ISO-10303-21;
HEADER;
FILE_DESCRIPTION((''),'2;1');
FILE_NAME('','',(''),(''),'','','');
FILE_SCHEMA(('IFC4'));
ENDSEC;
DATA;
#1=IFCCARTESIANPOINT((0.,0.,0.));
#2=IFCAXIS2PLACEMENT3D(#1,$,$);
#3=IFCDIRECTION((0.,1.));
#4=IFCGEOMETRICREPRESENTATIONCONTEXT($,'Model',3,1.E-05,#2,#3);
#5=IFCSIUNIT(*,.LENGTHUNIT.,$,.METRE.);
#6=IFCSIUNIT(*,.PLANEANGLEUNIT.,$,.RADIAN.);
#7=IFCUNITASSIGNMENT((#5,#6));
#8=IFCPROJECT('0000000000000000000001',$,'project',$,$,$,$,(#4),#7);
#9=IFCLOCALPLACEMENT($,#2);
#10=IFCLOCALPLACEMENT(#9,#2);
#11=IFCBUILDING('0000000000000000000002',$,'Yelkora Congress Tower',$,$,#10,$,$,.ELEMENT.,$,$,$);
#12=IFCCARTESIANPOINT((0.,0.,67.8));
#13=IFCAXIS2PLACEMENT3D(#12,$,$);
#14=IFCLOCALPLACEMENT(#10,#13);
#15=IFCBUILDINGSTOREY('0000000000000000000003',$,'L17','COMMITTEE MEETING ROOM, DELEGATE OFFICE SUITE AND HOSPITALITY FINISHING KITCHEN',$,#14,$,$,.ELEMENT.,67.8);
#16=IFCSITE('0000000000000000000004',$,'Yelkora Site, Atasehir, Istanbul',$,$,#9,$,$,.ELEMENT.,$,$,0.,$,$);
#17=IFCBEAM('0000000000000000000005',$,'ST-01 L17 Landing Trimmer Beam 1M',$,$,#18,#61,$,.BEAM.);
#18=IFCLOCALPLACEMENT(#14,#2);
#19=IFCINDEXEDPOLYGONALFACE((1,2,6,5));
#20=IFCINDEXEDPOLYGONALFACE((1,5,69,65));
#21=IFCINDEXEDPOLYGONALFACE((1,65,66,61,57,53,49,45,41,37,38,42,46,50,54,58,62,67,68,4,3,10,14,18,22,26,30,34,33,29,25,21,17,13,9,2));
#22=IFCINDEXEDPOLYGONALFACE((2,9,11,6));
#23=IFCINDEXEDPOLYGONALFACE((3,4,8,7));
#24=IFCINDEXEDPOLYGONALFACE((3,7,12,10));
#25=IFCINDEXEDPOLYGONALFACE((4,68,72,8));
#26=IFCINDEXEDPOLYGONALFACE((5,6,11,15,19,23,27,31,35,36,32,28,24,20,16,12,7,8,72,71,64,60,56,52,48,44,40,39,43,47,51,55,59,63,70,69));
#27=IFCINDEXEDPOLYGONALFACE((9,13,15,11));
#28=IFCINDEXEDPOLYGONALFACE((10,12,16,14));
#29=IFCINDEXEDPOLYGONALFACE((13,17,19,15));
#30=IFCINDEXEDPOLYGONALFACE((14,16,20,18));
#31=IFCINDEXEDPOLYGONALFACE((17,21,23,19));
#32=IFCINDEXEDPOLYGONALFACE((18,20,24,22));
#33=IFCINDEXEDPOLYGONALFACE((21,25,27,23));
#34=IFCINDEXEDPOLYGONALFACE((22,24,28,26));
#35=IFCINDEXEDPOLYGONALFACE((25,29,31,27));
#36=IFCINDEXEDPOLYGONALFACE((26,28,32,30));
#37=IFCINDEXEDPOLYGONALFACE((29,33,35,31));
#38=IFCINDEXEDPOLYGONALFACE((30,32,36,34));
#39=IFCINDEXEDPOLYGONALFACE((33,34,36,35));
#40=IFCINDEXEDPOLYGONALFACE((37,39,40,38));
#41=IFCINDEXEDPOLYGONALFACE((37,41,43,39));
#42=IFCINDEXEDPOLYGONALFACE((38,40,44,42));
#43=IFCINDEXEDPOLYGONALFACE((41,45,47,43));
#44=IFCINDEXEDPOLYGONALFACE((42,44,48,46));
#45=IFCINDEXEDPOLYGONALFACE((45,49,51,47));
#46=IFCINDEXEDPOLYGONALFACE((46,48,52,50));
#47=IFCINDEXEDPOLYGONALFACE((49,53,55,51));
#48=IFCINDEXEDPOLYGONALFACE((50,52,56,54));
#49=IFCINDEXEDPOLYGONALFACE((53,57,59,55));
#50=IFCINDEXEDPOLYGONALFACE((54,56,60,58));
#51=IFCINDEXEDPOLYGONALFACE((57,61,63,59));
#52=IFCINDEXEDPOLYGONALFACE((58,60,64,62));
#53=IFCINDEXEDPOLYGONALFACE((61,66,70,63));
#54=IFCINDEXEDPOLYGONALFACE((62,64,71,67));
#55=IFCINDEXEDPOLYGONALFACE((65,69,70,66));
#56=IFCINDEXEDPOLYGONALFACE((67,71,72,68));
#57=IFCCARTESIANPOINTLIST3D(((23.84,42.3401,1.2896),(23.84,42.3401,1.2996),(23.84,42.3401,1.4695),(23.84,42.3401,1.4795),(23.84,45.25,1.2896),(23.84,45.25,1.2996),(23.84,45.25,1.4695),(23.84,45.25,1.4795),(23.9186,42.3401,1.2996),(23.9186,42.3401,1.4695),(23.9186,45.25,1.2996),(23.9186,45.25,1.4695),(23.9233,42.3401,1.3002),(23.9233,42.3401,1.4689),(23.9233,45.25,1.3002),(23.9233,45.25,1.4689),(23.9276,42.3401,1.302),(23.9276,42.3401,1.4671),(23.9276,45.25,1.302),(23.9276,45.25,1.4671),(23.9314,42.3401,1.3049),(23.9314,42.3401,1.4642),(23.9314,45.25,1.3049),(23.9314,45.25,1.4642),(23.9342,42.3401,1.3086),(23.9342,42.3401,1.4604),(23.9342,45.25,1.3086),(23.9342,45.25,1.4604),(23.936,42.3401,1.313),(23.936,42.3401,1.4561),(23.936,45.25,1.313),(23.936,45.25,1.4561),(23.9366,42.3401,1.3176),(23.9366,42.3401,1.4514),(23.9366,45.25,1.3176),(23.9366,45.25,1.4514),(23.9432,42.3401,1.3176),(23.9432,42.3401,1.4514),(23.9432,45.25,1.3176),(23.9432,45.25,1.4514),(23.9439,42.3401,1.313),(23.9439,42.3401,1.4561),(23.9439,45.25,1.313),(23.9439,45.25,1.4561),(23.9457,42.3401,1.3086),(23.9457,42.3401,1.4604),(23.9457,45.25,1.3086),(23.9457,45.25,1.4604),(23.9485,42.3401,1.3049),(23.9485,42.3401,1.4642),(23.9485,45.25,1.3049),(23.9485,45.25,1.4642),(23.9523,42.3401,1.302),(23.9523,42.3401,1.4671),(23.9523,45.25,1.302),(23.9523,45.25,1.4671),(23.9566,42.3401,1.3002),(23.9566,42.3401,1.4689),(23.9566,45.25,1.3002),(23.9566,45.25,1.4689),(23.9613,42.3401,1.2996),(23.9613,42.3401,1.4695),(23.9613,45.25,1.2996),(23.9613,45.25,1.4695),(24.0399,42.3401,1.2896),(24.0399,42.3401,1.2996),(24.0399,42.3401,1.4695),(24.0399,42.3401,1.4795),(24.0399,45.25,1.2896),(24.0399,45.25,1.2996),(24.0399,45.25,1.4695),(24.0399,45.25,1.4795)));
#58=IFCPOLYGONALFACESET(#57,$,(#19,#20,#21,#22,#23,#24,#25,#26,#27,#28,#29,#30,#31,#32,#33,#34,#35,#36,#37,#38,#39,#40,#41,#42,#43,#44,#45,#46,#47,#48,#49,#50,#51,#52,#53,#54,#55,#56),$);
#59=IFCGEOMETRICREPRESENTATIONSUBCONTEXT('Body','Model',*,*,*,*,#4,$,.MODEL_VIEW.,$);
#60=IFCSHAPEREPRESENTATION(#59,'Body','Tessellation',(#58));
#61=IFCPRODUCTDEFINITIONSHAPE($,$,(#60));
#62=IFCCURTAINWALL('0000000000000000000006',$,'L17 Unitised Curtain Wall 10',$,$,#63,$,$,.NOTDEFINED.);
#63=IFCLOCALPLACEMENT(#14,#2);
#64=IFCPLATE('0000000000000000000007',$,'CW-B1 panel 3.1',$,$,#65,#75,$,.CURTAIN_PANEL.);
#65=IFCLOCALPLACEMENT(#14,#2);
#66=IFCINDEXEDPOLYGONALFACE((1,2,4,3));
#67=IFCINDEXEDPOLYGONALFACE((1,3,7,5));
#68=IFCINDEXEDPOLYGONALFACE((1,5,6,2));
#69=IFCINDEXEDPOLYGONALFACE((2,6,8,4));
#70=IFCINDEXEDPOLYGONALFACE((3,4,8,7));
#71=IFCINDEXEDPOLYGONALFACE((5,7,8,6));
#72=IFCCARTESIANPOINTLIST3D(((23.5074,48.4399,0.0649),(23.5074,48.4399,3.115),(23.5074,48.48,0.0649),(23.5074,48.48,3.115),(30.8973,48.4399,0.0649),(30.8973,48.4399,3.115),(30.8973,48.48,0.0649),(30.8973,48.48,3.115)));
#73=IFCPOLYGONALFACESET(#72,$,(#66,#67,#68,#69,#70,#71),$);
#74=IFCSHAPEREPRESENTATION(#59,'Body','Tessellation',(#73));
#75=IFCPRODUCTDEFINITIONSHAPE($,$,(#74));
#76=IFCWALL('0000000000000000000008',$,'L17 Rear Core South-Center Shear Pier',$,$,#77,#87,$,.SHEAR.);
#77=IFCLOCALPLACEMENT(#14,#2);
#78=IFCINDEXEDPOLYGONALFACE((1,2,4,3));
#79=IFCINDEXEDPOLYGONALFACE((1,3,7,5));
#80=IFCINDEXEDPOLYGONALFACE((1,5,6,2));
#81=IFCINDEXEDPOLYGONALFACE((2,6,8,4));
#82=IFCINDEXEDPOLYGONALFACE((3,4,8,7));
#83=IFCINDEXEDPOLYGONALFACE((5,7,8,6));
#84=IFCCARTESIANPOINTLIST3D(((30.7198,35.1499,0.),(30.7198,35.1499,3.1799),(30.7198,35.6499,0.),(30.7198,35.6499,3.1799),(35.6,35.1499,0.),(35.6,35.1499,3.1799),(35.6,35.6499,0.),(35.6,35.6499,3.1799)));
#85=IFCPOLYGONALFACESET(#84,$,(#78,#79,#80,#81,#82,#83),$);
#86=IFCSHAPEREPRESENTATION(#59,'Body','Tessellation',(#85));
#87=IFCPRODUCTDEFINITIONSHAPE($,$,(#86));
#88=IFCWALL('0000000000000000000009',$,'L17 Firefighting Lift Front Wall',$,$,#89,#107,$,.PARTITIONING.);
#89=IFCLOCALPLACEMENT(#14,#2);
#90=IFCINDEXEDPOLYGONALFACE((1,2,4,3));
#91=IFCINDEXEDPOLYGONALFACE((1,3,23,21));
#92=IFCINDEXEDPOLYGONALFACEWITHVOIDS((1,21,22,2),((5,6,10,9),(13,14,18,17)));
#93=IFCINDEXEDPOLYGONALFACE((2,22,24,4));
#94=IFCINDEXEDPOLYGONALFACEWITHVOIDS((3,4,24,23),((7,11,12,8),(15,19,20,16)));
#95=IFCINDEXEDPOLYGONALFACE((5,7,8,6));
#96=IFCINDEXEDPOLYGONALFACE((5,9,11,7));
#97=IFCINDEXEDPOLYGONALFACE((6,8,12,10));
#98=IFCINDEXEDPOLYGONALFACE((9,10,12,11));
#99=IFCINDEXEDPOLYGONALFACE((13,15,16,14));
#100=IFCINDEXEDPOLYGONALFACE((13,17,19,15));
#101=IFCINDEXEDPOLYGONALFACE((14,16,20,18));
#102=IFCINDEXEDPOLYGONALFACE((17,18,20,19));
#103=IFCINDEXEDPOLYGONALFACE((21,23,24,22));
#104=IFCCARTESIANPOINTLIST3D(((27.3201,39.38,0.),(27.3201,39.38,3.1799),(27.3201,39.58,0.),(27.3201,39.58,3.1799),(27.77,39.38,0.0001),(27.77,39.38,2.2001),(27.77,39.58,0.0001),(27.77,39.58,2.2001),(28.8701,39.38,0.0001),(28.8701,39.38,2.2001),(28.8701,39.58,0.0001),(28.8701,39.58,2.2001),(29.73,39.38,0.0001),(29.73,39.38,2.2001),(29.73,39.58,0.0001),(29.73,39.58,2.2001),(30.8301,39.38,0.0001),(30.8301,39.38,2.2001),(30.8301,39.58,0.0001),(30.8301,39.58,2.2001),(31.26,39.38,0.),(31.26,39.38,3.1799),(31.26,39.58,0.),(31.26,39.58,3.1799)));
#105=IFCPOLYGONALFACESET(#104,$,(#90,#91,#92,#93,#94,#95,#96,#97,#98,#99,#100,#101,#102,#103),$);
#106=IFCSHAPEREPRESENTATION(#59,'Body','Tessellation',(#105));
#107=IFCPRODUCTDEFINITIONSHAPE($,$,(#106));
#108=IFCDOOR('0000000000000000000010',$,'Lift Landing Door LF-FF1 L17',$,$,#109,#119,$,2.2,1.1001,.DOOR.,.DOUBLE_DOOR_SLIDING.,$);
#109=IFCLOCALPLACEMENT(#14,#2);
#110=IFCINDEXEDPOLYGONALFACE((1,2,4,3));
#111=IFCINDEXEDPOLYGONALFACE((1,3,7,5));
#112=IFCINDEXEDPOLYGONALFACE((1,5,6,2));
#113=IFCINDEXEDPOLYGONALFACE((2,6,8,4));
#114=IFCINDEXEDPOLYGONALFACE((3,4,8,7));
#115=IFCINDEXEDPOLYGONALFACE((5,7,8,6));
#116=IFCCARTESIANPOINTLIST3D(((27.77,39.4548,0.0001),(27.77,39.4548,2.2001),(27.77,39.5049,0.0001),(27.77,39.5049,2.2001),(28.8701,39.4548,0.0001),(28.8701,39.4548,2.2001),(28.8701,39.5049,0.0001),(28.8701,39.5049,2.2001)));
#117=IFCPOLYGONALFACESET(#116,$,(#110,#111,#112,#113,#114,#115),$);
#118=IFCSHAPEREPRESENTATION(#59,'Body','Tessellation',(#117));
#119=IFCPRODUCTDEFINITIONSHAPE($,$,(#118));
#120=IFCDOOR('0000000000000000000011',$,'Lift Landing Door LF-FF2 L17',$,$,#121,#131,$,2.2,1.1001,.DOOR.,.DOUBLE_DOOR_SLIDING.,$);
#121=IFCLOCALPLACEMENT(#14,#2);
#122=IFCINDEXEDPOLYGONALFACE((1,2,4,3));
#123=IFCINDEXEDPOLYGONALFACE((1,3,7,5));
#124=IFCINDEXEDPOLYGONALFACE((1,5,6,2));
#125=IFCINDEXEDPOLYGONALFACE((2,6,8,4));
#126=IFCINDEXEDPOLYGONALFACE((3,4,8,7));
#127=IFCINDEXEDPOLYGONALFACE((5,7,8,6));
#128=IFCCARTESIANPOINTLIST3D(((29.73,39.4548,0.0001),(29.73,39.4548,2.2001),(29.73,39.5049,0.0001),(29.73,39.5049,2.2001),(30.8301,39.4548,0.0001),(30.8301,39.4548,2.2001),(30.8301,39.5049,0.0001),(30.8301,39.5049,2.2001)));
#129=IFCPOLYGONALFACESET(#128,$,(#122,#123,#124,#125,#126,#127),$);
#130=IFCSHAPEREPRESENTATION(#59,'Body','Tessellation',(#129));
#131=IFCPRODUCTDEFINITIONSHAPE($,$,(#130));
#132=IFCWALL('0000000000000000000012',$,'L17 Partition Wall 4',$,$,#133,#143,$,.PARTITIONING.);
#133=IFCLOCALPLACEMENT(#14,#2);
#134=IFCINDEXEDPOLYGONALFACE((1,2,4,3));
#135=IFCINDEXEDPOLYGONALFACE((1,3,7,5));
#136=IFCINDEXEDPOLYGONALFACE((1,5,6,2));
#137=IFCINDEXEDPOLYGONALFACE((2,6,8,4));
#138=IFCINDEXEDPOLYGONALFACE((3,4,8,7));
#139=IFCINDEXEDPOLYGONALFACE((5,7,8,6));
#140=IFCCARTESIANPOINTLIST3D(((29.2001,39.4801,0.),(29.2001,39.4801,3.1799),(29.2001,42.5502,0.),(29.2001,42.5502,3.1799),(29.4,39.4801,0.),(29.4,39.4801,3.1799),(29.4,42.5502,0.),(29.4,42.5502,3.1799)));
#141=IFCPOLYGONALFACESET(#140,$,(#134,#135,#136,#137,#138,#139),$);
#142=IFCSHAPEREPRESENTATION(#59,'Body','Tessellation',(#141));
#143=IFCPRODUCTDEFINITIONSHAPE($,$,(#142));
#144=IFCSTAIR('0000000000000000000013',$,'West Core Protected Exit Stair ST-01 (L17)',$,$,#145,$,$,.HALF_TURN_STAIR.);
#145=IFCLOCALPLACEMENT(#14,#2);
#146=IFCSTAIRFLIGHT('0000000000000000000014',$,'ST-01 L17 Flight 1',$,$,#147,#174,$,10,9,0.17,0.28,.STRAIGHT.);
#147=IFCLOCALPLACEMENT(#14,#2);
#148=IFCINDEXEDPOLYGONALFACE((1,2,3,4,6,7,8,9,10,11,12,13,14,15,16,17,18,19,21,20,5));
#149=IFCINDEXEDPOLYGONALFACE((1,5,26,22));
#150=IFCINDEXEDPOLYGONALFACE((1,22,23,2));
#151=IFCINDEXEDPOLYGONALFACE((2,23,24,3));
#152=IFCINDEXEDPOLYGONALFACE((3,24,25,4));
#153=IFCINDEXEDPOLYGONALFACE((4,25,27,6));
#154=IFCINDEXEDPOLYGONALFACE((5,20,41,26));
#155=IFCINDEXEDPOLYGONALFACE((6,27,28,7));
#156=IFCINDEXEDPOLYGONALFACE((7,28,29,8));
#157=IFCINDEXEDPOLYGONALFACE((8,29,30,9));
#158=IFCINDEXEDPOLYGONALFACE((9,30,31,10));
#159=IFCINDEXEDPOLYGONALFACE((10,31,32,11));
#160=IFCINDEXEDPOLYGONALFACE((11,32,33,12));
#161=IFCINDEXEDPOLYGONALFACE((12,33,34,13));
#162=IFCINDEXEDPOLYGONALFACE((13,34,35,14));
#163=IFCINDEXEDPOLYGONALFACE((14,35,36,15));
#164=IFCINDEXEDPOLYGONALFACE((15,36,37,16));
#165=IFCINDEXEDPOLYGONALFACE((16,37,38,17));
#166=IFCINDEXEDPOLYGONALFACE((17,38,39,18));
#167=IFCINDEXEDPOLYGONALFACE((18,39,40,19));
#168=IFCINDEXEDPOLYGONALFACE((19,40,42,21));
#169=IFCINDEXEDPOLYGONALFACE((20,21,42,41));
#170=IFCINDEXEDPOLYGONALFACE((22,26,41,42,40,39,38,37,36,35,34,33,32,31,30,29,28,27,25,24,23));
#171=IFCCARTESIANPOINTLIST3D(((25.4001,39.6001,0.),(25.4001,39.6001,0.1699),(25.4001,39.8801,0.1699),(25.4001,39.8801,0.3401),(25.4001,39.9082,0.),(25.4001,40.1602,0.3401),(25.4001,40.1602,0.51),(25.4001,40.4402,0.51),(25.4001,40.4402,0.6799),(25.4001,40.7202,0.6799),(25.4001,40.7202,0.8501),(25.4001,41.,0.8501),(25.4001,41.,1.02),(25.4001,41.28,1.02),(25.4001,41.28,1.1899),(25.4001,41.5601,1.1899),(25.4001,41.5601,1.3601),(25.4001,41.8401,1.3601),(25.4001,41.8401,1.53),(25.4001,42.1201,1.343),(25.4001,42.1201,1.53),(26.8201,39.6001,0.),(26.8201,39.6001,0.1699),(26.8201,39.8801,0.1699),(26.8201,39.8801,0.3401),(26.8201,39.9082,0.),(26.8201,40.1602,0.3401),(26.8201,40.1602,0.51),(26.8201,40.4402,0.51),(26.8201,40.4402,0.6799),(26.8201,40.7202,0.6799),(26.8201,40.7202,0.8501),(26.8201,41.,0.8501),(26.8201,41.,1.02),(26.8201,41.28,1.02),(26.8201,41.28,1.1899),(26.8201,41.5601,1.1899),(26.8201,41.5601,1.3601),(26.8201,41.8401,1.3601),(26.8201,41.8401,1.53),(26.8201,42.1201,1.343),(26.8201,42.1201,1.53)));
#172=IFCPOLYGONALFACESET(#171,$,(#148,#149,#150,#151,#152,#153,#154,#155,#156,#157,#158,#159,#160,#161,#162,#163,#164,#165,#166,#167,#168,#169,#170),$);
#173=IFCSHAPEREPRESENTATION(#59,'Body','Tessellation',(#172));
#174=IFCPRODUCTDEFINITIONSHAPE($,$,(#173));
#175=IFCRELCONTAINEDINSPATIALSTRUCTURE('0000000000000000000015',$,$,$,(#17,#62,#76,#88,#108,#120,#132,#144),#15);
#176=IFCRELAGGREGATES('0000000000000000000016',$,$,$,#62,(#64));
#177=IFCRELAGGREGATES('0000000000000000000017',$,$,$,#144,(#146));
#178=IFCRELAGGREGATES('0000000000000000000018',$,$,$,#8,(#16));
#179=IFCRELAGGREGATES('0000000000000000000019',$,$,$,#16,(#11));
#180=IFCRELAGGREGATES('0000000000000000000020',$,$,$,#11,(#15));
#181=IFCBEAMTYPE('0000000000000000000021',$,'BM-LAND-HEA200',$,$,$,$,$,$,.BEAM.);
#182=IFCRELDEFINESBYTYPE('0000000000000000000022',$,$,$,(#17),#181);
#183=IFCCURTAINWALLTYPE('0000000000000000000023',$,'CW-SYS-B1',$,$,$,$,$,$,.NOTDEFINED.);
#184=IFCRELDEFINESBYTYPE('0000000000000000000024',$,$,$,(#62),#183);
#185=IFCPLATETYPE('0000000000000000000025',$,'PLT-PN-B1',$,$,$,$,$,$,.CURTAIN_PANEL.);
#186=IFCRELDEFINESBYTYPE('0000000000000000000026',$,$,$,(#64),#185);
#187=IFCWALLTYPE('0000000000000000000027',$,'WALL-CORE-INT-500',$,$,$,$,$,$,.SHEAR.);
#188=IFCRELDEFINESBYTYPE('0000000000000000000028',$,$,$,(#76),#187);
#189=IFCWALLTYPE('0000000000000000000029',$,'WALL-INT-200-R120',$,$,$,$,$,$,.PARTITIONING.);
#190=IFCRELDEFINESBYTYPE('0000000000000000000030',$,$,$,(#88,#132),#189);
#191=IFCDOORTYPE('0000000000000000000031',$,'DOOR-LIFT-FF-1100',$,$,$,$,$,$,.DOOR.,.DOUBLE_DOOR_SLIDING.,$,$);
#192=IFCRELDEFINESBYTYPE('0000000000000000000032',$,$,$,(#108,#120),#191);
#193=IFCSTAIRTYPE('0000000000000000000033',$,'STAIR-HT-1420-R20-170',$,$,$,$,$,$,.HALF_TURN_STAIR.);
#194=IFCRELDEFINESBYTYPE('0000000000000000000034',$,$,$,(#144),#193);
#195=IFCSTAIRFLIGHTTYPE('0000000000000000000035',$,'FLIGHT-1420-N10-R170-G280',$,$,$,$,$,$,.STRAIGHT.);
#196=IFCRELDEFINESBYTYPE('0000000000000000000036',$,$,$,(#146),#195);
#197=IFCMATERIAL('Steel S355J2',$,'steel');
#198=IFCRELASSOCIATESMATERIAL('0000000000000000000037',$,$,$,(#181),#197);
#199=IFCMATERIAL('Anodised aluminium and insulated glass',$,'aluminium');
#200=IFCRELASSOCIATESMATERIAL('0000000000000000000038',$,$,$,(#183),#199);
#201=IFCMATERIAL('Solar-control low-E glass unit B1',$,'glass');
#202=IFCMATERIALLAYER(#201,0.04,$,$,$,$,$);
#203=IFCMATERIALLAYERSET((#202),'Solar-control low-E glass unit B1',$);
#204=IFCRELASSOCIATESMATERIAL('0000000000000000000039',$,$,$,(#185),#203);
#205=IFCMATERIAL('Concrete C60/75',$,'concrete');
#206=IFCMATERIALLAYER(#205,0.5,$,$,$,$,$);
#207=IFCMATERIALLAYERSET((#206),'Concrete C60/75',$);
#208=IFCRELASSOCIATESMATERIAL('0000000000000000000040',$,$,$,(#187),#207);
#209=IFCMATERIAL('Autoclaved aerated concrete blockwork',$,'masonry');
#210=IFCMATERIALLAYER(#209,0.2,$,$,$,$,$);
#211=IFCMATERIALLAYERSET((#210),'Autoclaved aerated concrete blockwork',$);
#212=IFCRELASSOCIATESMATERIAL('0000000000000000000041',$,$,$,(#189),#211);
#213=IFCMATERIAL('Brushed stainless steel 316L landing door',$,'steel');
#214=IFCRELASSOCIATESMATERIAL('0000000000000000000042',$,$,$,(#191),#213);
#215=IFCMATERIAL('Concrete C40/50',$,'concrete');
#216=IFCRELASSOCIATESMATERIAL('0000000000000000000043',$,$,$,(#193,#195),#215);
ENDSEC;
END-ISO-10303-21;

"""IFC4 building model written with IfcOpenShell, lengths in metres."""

from ifc_helpers import new_model, si_unit, direction, frame, frame_2d, origin, origin_2d, place, context, subcontext, project, spatial, polyline, rectangle, i_section, outline, extrude, material, layer, layer_set, material_profile, profile_set, type_object, element, fill, aggregate, save


model = new_model("IFC4")

# Units and contexts
model_context = context("Model", 3, precision=1e-05, world=origin(), true_north=direction((0.0, 1.0)))
body_context = subcontext(model_context, "Body", "Model", "MODEL_VIEW")
ifc_project = project(units=[si_unit("LENGTHUNIT", "METRE"), si_unit("PLANEANGLEUNIT", "RADIAN")], contexts=[model_context])

# Site, building, storey
site_placement = place(None, origin())
site = spatial("IfcSite", under=ifc_project, at=site_placement, Name="Yelkora Site, Atasehir, Istanbul", CompositionType="ELEMENT", RefElevation=0.0)
building_placement = place(site_placement, origin())
building = spatial("IfcBuilding", under=site, at=building_placement, Name="Yelkora Congress Tower", CompositionType="ELEMENT")
storey_placement = place(building_placement, frame((0.0, 0.0, 67.8)))
storey = spatial("IfcBuildingStorey", under=building, at=storey_placement, Name="L17", Description="COMMITTEE MEETING ROOM, DELEGATE OFFICE SUITE AND HOSPITALITY FINISHING KITCHEN", CompositionType="ELEMENT", Elevation=67.8)

# Beam
ifc_material_1 = material(Name="Steel S355J2", Category="steel")
ifc_material_profile = material_profile(ifc_material_1, i_section(OverallWidth=0.2, OverallDepth=0.1899, WebThickness=0.0066, FlangeThickness=0.01, FilletRadius=0.0181, at=origin_2d()), Name="HEA 200")
ifc_profile_set = profile_set([ifc_material_profile], Name="Steel S355J2")
beam_type = type_object("IfcBeamType", Name="BM-LAND-HEA200", PredefinedType="BEAM", material=ifc_profile_set)
beam_placement = place(storey_placement, frame((23.9399, 42.3401, 1.3845), z_axis=(0.0, 1.0, 0.0), x_axis=(-1.0, 0.0, 0.0)))
element("IfcBeam", 1, at=beam_placement, inside=storey, type_object=beam_type, Name="ST-01 L17 Landing Trimmer Beam 1M", PredefinedType="BEAM", context=body_context, shape_type="SweptSolid", body=[
    extrude(i_section(OverallWidth=0.2, OverallDepth=0.1899, WebThickness=0.0066, FlangeThickness=0.01, FilletRadius=0.0181, at=origin_2d()), origin(), (0.0, 0.0, 1.0), 2.9099),
])

# Curtain wall, plate
ifc_material_2 = material(Name="Anodised aluminium and insulated glass", Category="aluminium")
curtain_wall_type = type_object("IfcCurtainWallType", Name="CW-SYS-B1", PredefinedType="NOTDEFINED", material=ifc_material_2)
curtain_wall_placement = place(storey_placement, origin())
curtain_wall = element("IfcCurtainWall", 2, at=curtain_wall_placement, inside=storey, type_object=curtain_wall_type, Name="L17 Unitised Curtain Wall 10", PredefinedType="NOTDEFINED")
ifc_material_3 = material(Name="Solar-control low-E glass unit B1", Category="glass")
ifc_layer_1 = layer(ifc_material_3, 0.04)
ifc_layer_set_1 = layer_set([ifc_layer_1], Name="Solar-control low-E glass unit B1")
plate_type = type_object("IfcPlateType", Name="PLT-PN-B1", PredefinedType="CURTAIN_PANEL", material=ifc_layer_set_1)
plate_placement = place(storey_placement, frame((27.2024, 48.46, 0.0649), z_axis=(0.0, 0.0, 1.0), x_axis=(1.0, 0.0, 0.0)))
plate = element("IfcPlate", 3, at=plate_placement, type_object=plate_type, Name="CW-B1 panel 3.1", PredefinedType="CURTAIN_PANEL", context=body_context, shape_type="SweptSolid", body=[
    extrude(rectangle(XDim=7.3899, YDim=0.04, at=origin_2d()), origin(), (0.0, 0.0, 1.0), 3.05),
])
aggregate(curtain_wall, [plate])

# Wall
ifc_material_4 = material(Name="Concrete C60/75", Category="concrete")
ifc_layer_2 = layer(ifc_material_4, 0.5)
ifc_layer_set_2 = layer_set([ifc_layer_2], Name="Concrete C60/75")
wall_type_1 = type_object("IfcWallType", Name="WALL-CORE-INT-500", PredefinedType="SHEAR", material=ifc_layer_set_2)
wall_1_placement = place(storey_placement, frame((30.72, 35.3999, 0.0), z_axis=(0.0, 0.0, 1.0), x_axis=(1.0, 0.0, 0.0)))
element("IfcWall", 4, at=wall_1_placement, inside=storey, type_object=wall_type_1, Name="L17 Rear Core South-Center Shear Pier", PredefinedType="SHEAR", context=body_context, shape_type="SweptSolid", body=[
    extrude(rectangle(XDim=4.8801, YDim=0.5, at=frame_2d((2.4399, 0.0))), origin(), (0.0, 0.0, 1.0), 3.1799),
])

# Shared definitions
ifc_material_5 = material(Name="Autoclaved aerated concrete blockwork", Category="masonry")
ifc_layer_3 = layer(ifc_material_5, 0.2)
ifc_layer_set_3 = layer_set([ifc_layer_3], Name="Autoclaved aerated concrete blockwork")
wall_type_2 = type_object("IfcWallType", Name="WALL-INT-200-R120", PredefinedType="PARTITIONING", material=ifc_layer_set_3)

# Wall, openings, doors
wall_2_placement = place(storey_placement, frame((27.3201, 39.48, 0.0), z_axis=(0.0, 0.0, 1.0), x_axis=(1.0, 0.0, 0.0)))
wall_2 = element("IfcWall", 5, at=wall_2_placement, inside=storey, type_object=wall_type_2, Name="L17 Firefighting Lift Front Wall", PredefinedType="PARTITIONING", context=body_context, shape_type="SweptSolid", body=[
    extrude(rectangle(XDim=3.9399, YDim=0.2, at=frame_2d((1.97, 0.0))), origin(), (0.0, 0.0, 1.0), 3.1799),
])
opening_1_placement = place(wall_2_placement, frame((0.45, 0.0, 0.0)))
opening_1 = element("IfcOpeningElement", 6, at=opening_1_placement, cuts=wall_2, PredefinedType="OPENING", context=body_context, shape_type="SweptSolid", body=[
    extrude(rectangle(XDim=1.1001, YDim=2.2, at=frame_2d((0.55, 1.1001))), frame((0.0, 0.1099, 0.0), z_axis=(0.0, -1.0, 0.0), x_axis=(1.0, 0.0, 0.0)), (0.0, 0.0, 1.0), 0.22),
])
opening_2_placement = place(wall_2_placement, frame((2.4099, 0.0, 0.0)))
opening_2 = element("IfcOpeningElement", 7, at=opening_2_placement, cuts=wall_2, PredefinedType="OPENING", context=body_context, shape_type="SweptSolid", body=[
    extrude(rectangle(XDim=1.1001, YDim=2.2, at=frame_2d((0.55, 1.1001))), frame((0.0, 0.1099, 0.0), z_axis=(0.0, -1.0, 0.0), x_axis=(1.0, 0.0, 0.0)), (0.0, 0.0, 1.0), 0.22),
])
ifc_material_6 = material(Name="Brushed stainless steel 316L landing door", Category="steel")
door_type_1 = type_object("IfcDoorType", Name="DOOR-LIFT-FF-1100", OperationType="DOUBLE_DOOR_SLIDING", PredefinedType="DOOR", material=ifc_material_6)
door_1_placement = place(opening_1_placement, origin())
door_1 = element("IfcDoor", 8, at=door_1_placement, inside=storey, type_object=door_type_1, Name="Lift Landing Door LF-FF1 L17", OperationType="DOUBLE_DOOR_SLIDING", OverallHeight=2.2, OverallWidth=1.1001, PredefinedType="DOOR", context=body_context, shape_type="SweptSolid", body=[
    extrude(rectangle(XDim=1.1001, YDim=2.2, at=frame_2d((0.55, 1.1001))), frame((0.0, 0.0249, 0.0), z_axis=(0.0, -1.0, 0.0), x_axis=(1.0, 0.0, 0.0)), (0.0, 0.0, 1.0), 0.05),
])
fill(opening_1, door_1)
door_2_placement = place(opening_2_placement, origin())
door_2 = element("IfcDoor", 9, at=door_2_placement, inside=storey, type_object=door_type_1, Name="Lift Landing Door LF-FF2 L17", OperationType="DOUBLE_DOOR_SLIDING", OverallHeight=2.2, OverallWidth=1.1001, PredefinedType="DOOR", context=body_context, shape_type="SweptSolid", body=[
    extrude(rectangle(XDim=1.1001, YDim=2.2, at=frame_2d((0.55, 1.1001))), frame((0.0, 0.0249, 0.0), z_axis=(0.0, -1.0, 0.0), x_axis=(1.0, 0.0, 0.0)), (0.0, 0.0, 1.0), 0.05),
])
fill(opening_2, door_2)

# Wall
wall_3_placement = place(storey_placement, frame((29.3, 39.48, 0.0), z_axis=(0.0, 0.0, 1.0), x_axis=(0.0, 1.0, 0.0)))
element("IfcWall", 10, at=wall_3_placement, inside=storey, type_object=wall_type_2, Name="L17 Partition Wall 4", PredefinedType="PARTITIONING", context=body_context, shape_type="SweptSolid", body=[
    extrude(rectangle(XDim=3.0701, YDim=0.2, at=frame_2d((1.5352, 0.0))), origin(), (0.0, 0.0, 1.0), 3.1799),
])

# Stair, stair flight
ifc_material_7 = material(Name="Concrete C40/50", Category="concrete")
stair_type = type_object("IfcStairType", Name="STAIR-HT-1420-R20-170", PredefinedType="HALF_TURN_STAIR", material=ifc_material_7)
stair_placement = place(storey_placement, origin())
stair = element("IfcStair", 11, at=stair_placement, inside=storey, type_object=stair_type, Name="West Core Protected Exit Stair ST-01 (L17)", PredefinedType="HALF_TURN_STAIR")
stair_flight_type = type_object("IfcStairFlightType", Name="FLIGHT-1420-N10-R170-G280", PredefinedType="STRAIGHT", material=ifc_material_7)
stair_flight_1_placement = place(storey_placement, frame((26.1101, 39.6001, 0.0), z_axis=(0.0, 0.0, 1.0), x_axis=(0.0, 1.0, 0.0)))
stair_flight_1 = element("IfcStairFlight", 12, at=stair_flight_1_placement, type_object=stair_flight_type, Name="ST-01 L17 Flight 1", NumberOfRisers=10, NumberOfTreads=9, PredefinedType="STRAIGHT", RiserHeight=0.17, TreadLength=0.28, context=body_context, shape_type="SweptSolid", body=[
    extrude(outline(polyline([(0.0, 0.0), (0.0, 0.1699), (0.28, 0.1699), (0.28, 0.3401), (0.5601, 0.3401), (0.5601, 0.51), (0.8401, 0.51), (0.8401, 0.6799), (1.1201, 0.6799), (1.1201, 0.8501), (1.3999, 0.8501), (1.3999, 1.02), (1.6799, 1.02), (1.6799, 1.1899), (1.96, 1.1899), (1.96, 1.3601), (2.24, 1.3601), (2.24, 1.53), (2.52, 1.53), (2.52, 1.7), (2.52, 1.343), (0.3081, 0.0), (0.0, 0.0)])), frame((0.0, 0.71, 0.0), z_axis=(0.0, -1.0, 0.0), x_axis=(1.0, 0.0, 0.0)), (0.0, 0.0, 1.0), 1.4199),
])
aggregate(stair, [stair_flight_1])

save(model, "model.ifc")
